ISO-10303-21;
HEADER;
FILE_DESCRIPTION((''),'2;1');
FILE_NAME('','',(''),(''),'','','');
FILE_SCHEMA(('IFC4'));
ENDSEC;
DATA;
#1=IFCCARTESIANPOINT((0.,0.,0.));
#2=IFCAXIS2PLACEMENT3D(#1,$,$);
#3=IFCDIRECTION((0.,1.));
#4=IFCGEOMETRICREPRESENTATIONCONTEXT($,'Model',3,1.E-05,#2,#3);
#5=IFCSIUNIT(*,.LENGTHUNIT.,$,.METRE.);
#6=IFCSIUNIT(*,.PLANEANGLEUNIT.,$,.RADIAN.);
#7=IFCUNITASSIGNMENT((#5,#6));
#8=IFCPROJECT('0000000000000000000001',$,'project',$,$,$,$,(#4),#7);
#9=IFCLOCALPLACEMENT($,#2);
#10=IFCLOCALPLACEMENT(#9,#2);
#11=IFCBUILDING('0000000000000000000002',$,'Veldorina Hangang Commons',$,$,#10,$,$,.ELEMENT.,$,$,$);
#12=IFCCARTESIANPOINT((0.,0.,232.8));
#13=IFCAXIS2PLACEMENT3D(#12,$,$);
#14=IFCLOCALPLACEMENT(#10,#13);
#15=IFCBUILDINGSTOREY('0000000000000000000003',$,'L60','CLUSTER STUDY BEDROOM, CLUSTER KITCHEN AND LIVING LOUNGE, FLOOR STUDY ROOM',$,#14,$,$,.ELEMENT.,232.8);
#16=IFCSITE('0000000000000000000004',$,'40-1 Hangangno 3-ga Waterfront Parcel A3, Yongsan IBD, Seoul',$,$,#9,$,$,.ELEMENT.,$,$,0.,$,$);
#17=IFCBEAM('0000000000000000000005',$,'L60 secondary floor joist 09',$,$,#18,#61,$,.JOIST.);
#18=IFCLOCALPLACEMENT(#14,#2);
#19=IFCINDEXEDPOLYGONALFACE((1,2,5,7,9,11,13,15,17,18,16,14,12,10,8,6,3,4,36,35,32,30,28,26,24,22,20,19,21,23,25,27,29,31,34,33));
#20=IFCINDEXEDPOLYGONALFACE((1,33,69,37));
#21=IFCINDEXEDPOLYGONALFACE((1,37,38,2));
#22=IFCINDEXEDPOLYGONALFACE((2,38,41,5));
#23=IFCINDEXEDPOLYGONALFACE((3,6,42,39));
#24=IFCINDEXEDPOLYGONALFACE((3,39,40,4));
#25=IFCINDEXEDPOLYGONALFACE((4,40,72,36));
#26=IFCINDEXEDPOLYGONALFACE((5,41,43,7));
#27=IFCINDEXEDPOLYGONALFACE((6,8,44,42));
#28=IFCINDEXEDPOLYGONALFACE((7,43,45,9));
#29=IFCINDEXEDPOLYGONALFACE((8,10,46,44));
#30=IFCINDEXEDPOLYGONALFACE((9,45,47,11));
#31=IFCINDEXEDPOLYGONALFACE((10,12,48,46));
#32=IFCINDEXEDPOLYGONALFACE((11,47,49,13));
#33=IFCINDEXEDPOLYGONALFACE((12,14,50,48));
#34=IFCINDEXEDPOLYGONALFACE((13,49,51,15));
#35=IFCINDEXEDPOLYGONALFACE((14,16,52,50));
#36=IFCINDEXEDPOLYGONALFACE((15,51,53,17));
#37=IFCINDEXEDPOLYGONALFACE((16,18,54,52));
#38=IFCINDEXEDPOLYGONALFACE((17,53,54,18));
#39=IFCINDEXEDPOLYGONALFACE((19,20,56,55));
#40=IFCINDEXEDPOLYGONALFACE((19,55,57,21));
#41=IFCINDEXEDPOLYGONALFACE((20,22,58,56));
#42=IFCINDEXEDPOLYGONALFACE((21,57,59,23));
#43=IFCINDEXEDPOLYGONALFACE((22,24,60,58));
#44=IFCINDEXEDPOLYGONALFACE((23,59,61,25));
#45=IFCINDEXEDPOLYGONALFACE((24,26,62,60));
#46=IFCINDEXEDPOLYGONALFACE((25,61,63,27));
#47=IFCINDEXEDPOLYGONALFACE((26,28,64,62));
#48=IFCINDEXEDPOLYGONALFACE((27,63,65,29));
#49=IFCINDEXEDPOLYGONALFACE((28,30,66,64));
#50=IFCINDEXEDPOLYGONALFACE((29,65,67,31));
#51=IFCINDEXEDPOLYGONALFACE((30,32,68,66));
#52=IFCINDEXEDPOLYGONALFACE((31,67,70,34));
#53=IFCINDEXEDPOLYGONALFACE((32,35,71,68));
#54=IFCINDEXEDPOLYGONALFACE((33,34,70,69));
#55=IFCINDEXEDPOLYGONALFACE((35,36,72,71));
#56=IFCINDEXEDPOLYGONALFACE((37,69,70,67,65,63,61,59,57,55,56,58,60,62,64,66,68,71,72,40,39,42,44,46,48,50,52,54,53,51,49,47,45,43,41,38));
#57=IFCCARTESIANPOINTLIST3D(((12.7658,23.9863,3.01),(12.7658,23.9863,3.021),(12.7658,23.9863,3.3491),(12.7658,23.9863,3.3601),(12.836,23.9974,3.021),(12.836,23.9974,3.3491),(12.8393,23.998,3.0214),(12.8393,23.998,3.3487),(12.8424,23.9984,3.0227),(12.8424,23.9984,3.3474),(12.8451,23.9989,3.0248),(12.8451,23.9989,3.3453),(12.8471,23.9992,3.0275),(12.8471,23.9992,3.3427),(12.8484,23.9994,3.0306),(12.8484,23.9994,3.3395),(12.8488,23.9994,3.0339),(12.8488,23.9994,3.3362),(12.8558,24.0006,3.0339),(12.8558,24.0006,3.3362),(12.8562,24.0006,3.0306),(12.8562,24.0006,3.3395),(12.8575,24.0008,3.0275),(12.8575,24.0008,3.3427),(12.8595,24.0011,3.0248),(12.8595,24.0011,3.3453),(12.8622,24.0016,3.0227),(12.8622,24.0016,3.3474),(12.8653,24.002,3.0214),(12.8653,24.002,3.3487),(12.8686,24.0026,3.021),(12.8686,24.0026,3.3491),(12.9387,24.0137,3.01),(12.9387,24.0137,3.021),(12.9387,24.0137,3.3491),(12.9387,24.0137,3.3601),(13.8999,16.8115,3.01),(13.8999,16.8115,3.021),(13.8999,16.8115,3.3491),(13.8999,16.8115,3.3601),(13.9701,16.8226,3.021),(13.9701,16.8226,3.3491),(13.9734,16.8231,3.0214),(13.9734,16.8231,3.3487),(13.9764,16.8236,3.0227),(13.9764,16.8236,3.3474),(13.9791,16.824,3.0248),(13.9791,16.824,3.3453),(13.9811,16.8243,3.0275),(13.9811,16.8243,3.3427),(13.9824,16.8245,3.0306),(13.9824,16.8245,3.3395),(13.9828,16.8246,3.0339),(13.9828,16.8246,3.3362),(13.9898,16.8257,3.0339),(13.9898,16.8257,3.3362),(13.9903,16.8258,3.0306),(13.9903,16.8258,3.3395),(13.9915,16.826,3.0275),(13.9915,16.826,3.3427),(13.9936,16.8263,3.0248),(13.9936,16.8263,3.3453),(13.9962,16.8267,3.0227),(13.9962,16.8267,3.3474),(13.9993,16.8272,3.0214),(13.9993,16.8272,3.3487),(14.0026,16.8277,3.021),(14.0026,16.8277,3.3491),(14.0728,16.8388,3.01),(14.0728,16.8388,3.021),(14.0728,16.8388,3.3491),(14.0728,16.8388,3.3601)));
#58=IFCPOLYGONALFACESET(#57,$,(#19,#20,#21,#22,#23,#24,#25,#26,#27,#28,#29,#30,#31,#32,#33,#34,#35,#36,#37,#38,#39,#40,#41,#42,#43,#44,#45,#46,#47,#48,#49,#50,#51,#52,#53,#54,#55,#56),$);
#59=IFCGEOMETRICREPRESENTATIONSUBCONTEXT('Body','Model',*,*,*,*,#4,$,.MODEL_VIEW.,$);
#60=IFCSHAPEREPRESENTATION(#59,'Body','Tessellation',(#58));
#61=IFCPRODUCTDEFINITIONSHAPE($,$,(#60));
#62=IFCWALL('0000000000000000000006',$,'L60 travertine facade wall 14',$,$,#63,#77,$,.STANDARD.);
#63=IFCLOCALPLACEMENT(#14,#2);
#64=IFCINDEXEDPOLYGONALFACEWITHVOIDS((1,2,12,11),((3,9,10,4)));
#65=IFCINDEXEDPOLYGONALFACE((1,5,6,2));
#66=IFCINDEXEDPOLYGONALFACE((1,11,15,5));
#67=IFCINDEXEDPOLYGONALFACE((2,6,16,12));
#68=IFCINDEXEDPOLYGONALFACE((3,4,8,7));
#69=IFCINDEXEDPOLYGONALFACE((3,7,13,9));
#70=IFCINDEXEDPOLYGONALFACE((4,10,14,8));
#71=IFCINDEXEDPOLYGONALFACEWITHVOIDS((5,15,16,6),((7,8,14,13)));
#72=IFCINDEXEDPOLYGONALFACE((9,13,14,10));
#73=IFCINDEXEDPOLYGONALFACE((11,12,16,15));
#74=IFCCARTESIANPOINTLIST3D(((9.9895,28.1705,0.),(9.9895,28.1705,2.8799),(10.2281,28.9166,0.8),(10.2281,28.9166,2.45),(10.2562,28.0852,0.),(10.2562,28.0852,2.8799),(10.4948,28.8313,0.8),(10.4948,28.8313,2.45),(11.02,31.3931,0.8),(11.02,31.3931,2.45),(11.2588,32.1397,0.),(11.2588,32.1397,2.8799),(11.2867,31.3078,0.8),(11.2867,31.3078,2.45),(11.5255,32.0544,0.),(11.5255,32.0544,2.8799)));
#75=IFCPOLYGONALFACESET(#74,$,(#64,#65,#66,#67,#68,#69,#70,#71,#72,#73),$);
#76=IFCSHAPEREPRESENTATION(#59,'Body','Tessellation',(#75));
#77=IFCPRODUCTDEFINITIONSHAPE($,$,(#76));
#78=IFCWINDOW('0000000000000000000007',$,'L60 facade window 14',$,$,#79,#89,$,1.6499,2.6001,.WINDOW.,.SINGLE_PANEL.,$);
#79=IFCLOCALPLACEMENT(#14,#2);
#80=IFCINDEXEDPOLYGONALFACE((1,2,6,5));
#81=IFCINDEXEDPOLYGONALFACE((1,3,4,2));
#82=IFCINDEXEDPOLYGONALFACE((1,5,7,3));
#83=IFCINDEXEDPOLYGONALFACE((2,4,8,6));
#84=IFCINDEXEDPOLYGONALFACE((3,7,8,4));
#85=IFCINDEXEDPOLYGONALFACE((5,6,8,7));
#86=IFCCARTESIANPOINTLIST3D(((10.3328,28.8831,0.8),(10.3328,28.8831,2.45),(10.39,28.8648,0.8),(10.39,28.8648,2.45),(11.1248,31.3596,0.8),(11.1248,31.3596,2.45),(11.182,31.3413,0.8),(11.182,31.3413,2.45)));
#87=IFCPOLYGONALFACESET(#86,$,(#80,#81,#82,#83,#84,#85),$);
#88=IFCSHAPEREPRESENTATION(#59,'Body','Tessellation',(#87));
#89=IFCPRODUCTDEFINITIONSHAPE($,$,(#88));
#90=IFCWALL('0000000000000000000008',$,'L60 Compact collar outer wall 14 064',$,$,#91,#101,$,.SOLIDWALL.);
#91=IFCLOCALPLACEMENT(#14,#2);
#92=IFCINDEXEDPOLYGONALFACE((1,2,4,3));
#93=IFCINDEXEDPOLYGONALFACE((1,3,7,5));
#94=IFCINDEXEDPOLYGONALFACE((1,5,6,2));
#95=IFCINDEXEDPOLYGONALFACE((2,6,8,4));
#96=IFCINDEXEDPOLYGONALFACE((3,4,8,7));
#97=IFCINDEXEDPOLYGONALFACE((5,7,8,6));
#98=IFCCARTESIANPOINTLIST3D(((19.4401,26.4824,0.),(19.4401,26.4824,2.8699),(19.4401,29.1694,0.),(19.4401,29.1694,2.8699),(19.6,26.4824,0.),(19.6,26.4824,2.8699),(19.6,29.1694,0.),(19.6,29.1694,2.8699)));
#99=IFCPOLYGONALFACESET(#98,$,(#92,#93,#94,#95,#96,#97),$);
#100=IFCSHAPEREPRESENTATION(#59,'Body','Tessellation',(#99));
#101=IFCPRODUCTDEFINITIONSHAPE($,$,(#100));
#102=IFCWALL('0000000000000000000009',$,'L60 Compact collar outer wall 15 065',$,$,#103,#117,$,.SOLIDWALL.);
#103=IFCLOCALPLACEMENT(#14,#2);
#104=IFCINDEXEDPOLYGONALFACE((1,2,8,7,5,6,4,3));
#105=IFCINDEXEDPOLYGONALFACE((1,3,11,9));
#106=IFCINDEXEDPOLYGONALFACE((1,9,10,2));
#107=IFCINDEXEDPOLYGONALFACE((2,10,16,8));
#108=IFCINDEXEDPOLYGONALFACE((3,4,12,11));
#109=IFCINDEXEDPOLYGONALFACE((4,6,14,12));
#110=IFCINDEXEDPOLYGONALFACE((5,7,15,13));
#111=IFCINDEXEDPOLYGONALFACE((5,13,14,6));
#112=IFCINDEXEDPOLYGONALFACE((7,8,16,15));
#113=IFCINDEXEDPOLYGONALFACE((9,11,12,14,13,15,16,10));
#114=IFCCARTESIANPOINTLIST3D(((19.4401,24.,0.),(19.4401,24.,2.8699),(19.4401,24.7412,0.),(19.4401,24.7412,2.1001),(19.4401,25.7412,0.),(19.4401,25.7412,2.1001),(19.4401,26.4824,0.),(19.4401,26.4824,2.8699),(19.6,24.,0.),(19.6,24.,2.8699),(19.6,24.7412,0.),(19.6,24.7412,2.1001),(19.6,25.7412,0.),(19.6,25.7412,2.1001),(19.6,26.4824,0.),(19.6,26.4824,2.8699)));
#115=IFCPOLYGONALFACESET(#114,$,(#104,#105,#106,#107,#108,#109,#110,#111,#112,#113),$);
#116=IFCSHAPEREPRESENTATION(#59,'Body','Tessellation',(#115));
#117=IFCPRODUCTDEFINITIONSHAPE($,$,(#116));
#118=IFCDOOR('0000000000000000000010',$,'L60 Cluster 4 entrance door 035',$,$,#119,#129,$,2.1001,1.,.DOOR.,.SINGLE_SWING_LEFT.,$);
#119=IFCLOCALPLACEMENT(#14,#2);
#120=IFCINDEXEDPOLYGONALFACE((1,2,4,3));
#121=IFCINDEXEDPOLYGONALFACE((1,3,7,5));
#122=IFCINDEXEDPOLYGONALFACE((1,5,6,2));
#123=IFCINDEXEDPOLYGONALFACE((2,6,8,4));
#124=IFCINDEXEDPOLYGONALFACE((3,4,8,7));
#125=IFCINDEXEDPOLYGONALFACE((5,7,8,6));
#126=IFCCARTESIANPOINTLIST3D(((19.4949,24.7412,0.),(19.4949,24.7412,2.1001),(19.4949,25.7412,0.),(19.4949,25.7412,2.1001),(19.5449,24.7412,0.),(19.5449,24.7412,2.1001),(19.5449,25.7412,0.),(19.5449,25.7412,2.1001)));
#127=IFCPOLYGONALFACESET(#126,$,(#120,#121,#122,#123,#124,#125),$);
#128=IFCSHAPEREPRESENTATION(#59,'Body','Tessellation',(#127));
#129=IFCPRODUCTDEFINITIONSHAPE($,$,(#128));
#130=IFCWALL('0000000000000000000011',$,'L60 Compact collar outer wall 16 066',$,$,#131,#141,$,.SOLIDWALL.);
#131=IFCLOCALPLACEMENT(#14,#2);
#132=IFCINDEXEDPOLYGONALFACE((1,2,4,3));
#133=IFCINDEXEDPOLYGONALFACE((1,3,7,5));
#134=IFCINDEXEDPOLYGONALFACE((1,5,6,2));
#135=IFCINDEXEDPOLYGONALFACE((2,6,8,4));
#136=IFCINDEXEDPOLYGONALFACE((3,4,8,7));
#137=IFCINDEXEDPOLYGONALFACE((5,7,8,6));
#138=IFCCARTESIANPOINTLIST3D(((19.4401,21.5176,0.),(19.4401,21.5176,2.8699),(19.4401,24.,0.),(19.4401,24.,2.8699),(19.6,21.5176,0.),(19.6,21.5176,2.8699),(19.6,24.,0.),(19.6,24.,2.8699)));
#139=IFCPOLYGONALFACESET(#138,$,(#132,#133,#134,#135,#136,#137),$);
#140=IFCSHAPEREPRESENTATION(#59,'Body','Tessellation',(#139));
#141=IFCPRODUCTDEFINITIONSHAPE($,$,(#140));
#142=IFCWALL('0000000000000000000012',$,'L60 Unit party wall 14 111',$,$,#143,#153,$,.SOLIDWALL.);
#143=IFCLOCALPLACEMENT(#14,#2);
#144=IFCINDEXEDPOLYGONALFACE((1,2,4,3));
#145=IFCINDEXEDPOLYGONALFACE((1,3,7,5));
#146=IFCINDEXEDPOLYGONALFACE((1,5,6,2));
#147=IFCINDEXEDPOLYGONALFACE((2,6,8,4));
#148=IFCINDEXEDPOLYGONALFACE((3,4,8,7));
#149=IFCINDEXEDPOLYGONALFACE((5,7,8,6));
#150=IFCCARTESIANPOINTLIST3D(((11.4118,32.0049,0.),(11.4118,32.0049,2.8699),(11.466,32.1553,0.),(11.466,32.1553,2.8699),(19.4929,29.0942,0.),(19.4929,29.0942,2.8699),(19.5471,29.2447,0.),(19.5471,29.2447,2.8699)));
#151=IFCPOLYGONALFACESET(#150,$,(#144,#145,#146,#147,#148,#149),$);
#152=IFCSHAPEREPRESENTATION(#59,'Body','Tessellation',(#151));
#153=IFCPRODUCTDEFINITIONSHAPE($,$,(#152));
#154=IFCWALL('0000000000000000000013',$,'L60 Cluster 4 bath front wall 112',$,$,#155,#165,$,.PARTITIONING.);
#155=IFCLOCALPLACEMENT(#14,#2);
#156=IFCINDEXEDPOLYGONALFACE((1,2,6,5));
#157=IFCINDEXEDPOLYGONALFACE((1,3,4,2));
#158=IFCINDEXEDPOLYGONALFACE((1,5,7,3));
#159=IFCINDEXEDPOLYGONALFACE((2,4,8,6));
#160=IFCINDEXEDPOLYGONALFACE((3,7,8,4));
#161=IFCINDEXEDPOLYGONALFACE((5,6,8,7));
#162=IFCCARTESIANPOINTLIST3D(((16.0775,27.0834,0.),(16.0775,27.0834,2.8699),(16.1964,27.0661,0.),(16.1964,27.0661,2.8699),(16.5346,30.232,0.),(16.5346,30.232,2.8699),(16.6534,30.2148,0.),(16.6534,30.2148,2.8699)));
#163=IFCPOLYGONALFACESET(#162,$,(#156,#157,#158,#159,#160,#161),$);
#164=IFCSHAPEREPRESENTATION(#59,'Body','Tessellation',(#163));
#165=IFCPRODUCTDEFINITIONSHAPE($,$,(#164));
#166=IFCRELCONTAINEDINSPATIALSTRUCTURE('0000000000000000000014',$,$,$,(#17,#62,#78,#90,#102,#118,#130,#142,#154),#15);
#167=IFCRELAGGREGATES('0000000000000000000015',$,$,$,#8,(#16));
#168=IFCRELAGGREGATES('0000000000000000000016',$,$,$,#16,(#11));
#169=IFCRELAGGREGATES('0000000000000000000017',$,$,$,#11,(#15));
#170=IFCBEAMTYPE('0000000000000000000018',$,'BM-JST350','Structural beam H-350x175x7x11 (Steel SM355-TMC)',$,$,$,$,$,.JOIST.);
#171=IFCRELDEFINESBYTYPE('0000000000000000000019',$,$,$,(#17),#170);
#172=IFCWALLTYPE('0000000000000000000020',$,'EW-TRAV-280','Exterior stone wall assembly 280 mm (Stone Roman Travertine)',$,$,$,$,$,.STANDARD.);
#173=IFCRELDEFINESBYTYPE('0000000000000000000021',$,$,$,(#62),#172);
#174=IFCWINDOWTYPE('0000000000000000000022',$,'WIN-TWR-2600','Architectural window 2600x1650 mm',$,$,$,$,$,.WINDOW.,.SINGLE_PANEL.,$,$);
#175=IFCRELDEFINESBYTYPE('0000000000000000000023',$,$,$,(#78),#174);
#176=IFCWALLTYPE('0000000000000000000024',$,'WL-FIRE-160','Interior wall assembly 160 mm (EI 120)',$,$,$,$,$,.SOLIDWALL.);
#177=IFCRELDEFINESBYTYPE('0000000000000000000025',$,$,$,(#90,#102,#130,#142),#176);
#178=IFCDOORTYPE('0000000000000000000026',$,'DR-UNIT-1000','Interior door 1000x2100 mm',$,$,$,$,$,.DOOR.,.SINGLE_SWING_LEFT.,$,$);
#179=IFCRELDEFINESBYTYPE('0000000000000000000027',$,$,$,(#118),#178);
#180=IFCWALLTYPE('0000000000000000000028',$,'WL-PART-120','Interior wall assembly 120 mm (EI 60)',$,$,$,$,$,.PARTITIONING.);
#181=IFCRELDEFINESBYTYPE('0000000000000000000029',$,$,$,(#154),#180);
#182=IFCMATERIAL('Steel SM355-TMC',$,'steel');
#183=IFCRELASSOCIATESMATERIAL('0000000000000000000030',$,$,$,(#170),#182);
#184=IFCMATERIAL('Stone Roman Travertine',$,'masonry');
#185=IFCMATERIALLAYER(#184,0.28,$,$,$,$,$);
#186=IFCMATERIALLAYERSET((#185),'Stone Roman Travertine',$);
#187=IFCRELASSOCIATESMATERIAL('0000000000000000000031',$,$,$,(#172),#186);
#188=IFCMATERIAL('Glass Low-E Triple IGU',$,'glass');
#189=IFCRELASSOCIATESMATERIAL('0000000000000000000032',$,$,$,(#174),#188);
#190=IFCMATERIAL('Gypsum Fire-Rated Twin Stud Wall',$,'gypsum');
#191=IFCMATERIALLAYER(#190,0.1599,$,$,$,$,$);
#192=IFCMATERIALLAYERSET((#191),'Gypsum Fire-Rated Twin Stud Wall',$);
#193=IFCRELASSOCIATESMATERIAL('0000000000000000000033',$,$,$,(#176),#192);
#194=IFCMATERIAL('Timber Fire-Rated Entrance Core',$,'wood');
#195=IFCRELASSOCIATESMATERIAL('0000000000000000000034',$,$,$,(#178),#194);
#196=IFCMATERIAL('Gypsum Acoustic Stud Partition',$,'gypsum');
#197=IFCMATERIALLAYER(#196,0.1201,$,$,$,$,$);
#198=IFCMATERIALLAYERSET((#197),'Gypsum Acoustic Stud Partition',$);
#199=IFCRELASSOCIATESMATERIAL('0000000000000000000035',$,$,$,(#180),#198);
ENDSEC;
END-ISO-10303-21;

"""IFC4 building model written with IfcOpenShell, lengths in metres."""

from ifc_helpers import new_model, si_unit, direction, frame, frame_2d, origin, origin_2d, place, context, subcontext, project, spatial, rectangle, i_section, extrude, material, layer, layer_set, material_profile, profile_set, type_object, element, fill, save


model = new_model("IFC4")

# Units and contexts
model_context = context("Model", 3, precision=1e-05, world=origin(), true_north=direction((0.0, 1.0)))
body_context = subcontext(model_context, "Body", "Model", "MODEL_VIEW")
ifc_project = project(units=[si_unit("LENGTHUNIT", "METRE"), si_unit("PLANEANGLEUNIT", "RADIAN")], contexts=[model_context])

# Site, building, storey
site_placement = place(None, origin())
site = spatial("IfcSite", under=ifc_project, at=site_placement, Name="40-1 Hangangno 3-ga Waterfront Parcel A3, Yongsan IBD, Seoul", CompositionType="ELEMENT", RefElevation=0.0)
building_placement = place(site_placement, origin())
building = spatial("IfcBuilding", under=site, at=building_placement, Name="Veldorina Hangang Commons", CompositionType="ELEMENT")
storey_placement = place(building_placement, frame((0.0, 0.0, 232.8)))
storey = spatial("IfcBuildingStorey", under=building, at=storey_placement, Name="L60", Description="CLUSTER STUDY BEDROOM, CLUSTER KITCHEN AND LIVING LOUNGE, FLOOR STUDY ROOM", CompositionType="ELEMENT", Elevation=232.8)

# Beam
ifc_material_1 = material(Name="Steel SM355-TMC", Category="steel")
ifc_material_profile = material_profile(ifc_material_1, i_section(OverallWidth=0.175, OverallDepth=0.3501, WebThickness=0.0071, FlangeThickness=0.011, FilletRadius=0.0129, at=origin_2d()), Name="H-350x175x7x11")
ifc_profile_set = profile_set([ifc_material_profile], Name="Steel SM355-TMC")
beam_type = type_object("IfcBeamType", Name="BM-JST350", Description="Structural beam H-350x175x7x11 (Steel SM355-TMC)", PredefinedType="JOIST", material=ifc_profile_set)
beam_placement = place(storey_placement, frame((12.8523, 24.0, 3.1851), z_axis=(0.15612, -0.987738, 0.0), x_axis=(0.987738, 0.15612, 0.0)))
element("IfcBeam", 1, at=beam_placement, inside=storey, type_object=beam_type, Name="L60 secondary floor joist 09", PredefinedType="JOIST", context=body_context, shape_type="SweptSolid", body=[
    extrude(i_section(OverallWidth=0.175, OverallDepth=0.3501, WebThickness=0.0071, FlangeThickness=0.011, FilletRadius=0.0129, at=origin_2d()), origin(), (0.0, 0.0, 1.0), 7.2639),
])

# Wall, opening, window
ifc_material_2 = material(Name="Stone Roman Travertine", Category="masonry")
ifc_layer_1 = layer(ifc_material_2, 0.28)
ifc_layer_set_1 = layer_set([ifc_layer_1], Name="Stone Roman Travertine")
wall_type_1 = type_object("IfcWallType", Name="EW-TRAV-280", Description="Exterior stone wall assembly 280 mm (Stone Roman Travertine)", PredefinedType="STANDARD", material=ifc_layer_set_1)
wall_1_placement = place(storey_placement, frame((11.3921, 32.0969, 0.0), z_axis=(0.0, 0.0, 1.0), x_axis=(-0.304587, -0.952485, 0.0)))
wall_1 = element("IfcWall", 2, at=wall_1_placement, inside=storey, type_object=wall_type_1, Name="L60 travertine facade wall 14", PredefinedType="STANDARD", context=body_context, shape_type="SweptSolid", body=[
    extrude(rectangle(XDim=4.1672, YDim=0.28, at=frame_2d((2.0835, 0.0))), origin(), (0.0, 0.0, 1.0), 2.8799),
])
opening_1_placement = place(wall_1_placement, frame((0.7837, 0.0, 0.8)))
opening_1 = element("IfcOpeningElement", 3, at=opening_1_placement, cuts=wall_1, PredefinedType="OPENING", context=body_context, shape_type="SweptSolid", body=[
    extrude(rectangle(XDim=2.6001, YDim=1.6499, at=frame_2d((1.3, 0.825))), frame((0.0, 0.1499, 0.0), z_axis=(0.0, -1.0, 0.0), x_axis=(1.0, 0.0, 0.0)), (0.0, 0.0, 1.0), 0.3),
])
ifc_material_3 = material(Name="Glass Low-E Triple IGU", Category="glass")
window_type = type_object("IfcWindowType", Name="WIN-TWR-2600", Description="Architectural window 2600x1650 mm", PartitioningType="SINGLE_PANEL", PredefinedType="WINDOW", material=ifc_material_3)
window_placement = place(opening_1_placement, origin())
window = element("IfcWindow", 4, at=window_placement, inside=storey, type_object=window_type, Name="L60 facade window 14", OverallHeight=1.6499, OverallWidth=2.6001, PartitioningType="SINGLE_PANEL", PredefinedType="WINDOW", context=body_context, shape_type="SweptSolid", body=[
    extrude(rectangle(XDim=2.6001, YDim=1.6499, at=frame_2d((1.3, 0.825))), frame((0.0, 0.03, 0.0), z_axis=(0.0, -1.0, 0.0), x_axis=(1.0, 0.0, 0.0)), (0.0, 0.0, 1.0), 0.0601),
])
fill(opening_1, window)

# Wall
ifc_material_4 = material(Name="Gypsum Fire-Rated Twin Stud Wall", Category="gypsum")
ifc_layer_2 = layer(ifc_material_4, 0.1599)
ifc_layer_set_2 = layer_set([ifc_layer_2], Name="Gypsum Fire-Rated Twin Stud Wall")
wall_type_2 = type_object("IfcWallType", Name="WL-FIRE-160", Description="Interior wall assembly 160 mm (EI 120)", PredefinedType="SOLIDWALL", material=ifc_layer_set_2)
wall_2_placement = place(storey_placement, frame((19.52, 29.1694, 0.0), z_axis=(0.0, 0.0, 1.0), x_axis=(0.0, -1.0, 0.0)))
element("IfcWall", 5, at=wall_2_placement, inside=storey, type_object=wall_type_2, Name="L60 Compact collar outer wall 14 064", PredefinedType="SOLIDWALL", context=body_context, shape_type="SweptSolid", body=[
    extrude(rectangle(XDim=2.687, YDim=0.1599, at=frame_2d((1.3435, 0.0))), origin(), (0.0, 0.0, 1.0), 2.8699),
])

# Wall, opening, door
wall_3_placement = place(storey_placement, frame((19.52, 26.4824, 0.0), z_axis=(0.0, 0.0, 1.0), x_axis=(0.0, -1.0, 0.0)))
wall_3 = element("IfcWall", 6, at=wall_3_placement, inside=storey, type_object=wall_type_2, Name="L60 Compact collar outer wall 15 065", PredefinedType="SOLIDWALL", context=body_context, shape_type="SweptSolid", body=[
    extrude(rectangle(XDim=2.4824, YDim=0.1599, at=frame_2d((1.2412, 0.0))), origin(), (0.0, 0.0, 1.0), 2.8699),
])
opening_2_placement = place(wall_3_placement, frame((0.7412, 0.0, 0.0)))
opening_2 = element("IfcOpeningElement", 7, at=opening_2_placement, cuts=wall_3, PredefinedType="OPENING", context=body_context, shape_type="SweptSolid", body=[
    extrude(rectangle(XDim=1.0, YDim=2.1001, at=frame_2d((0.5, 1.05))), frame((0.0, 0.0898, 0.0), z_axis=(0.0, -1.0, 0.0), x_axis=(1.0, 0.0, 0.0)), (0.0, 0.0, 1.0), 0.1799),
])
ifc_material_5 = material(Name="Timber Fire-Rated Entrance Core", Category="wood")
door_type_1 = type_object("IfcDoorType", Name="DR-UNIT-1000", Description="Interior door 1000x2100 mm", OperationType="SINGLE_SWING_LEFT", PredefinedType="DOOR", material=ifc_material_5)
door_1_placement = place(opening_2_placement, origin())
door_1 = element("IfcDoor", 8, at=door_1_placement, inside=storey, type_object=door_type_1, Name="L60 Cluster 4 entrance door 035", OperationType="SINGLE_SWING_LEFT", OverallHeight=2.1001, OverallWidth=1.0, PredefinedType="DOOR", context=body_context, shape_type="SweptSolid", body=[
    extrude(rectangle(XDim=1.0, YDim=2.1001, at=frame_2d((0.5, 1.05))), frame((0.0, 0.0249, 0.0), z_axis=(0.0, -1.0, 0.0), x_axis=(1.0, 0.0, 0.0)), (0.0, 0.0, 1.0), 0.05),
])
fill(opening_2, door_1)

# Walls
wall_4_placement = place(storey_placement, frame((19.52, 24.0, 0.0), z_axis=(0.0, 0.0, 1.0), x_axis=(0.0, -1.0, 0.0)))
element("IfcWall", 9, at=wall_4_placement, inside=storey, type_object=wall_type_2, Name="L60 Compact collar outer wall 16 066", PredefinedType="SOLIDWALL", context=body_context, shape_type="SweptSolid", body=[
    extrude(rectangle(XDim=2.4824, YDim=0.1599, at=frame_2d((1.2412, 0.0))), origin(), (0.0, 0.0, 1.0), 2.8699),
])
wall_5_placement = place(storey_placement, frame((19.52, 29.1694, 0.0), z_axis=(0.0, 0.0, 1.0), x_axis=(-0.940833, 0.33887, 0.0)))
element("IfcWall", 10, at=wall_5_placement, inside=storey, type_object=wall_type_2, Name="L60 Unit party wall 14 111", PredefinedType="SOLIDWALL", context=body_context, shape_type="SweptSolid", body=[
    extrude(rectangle(XDim=8.5894, YDim=0.1599, at=frame_2d((4.2947, 0.0))), origin(), (0.0, 0.0, 1.0), 2.8699),
])
ifc_material_6 = material(Name="Gypsum Acoustic Stud Partition", Category="gypsum")
ifc_layer_3 = layer(ifc_material_6, 0.1201)
ifc_layer_set_3 = layer_set([ifc_layer_3], Name="Gypsum Acoustic Stud Partition")
wall_type_3 = type_object("IfcWallType", Name="WL-PART-120", Description="Interior wall assembly 120 mm (EI 60)", PredefinedType="PARTITIONING", material=ifc_layer_set_3)
wall_6_placement = place(storey_placement, frame((16.594, 30.2234, 0.0), z_axis=(0.0, 0.0, 1.0), x_axis=(-0.143645, -0.989629, 0.0)))
element("IfcWall", 11, at=wall_6_placement, inside=storey, type_object=wall_type_3, Name="L60 Cluster 4 bath front wall 112", PredefinedType="PARTITIONING", context=body_context, shape_type="SweptSolid", body=[
    extrude(rectangle(XDim=3.1816, YDim=0.1201, at=frame_2d((1.5908, 0.0))), origin(), (0.0, 0.0, 1.0), 2.8699),
])

save(model, "model.ifc")
